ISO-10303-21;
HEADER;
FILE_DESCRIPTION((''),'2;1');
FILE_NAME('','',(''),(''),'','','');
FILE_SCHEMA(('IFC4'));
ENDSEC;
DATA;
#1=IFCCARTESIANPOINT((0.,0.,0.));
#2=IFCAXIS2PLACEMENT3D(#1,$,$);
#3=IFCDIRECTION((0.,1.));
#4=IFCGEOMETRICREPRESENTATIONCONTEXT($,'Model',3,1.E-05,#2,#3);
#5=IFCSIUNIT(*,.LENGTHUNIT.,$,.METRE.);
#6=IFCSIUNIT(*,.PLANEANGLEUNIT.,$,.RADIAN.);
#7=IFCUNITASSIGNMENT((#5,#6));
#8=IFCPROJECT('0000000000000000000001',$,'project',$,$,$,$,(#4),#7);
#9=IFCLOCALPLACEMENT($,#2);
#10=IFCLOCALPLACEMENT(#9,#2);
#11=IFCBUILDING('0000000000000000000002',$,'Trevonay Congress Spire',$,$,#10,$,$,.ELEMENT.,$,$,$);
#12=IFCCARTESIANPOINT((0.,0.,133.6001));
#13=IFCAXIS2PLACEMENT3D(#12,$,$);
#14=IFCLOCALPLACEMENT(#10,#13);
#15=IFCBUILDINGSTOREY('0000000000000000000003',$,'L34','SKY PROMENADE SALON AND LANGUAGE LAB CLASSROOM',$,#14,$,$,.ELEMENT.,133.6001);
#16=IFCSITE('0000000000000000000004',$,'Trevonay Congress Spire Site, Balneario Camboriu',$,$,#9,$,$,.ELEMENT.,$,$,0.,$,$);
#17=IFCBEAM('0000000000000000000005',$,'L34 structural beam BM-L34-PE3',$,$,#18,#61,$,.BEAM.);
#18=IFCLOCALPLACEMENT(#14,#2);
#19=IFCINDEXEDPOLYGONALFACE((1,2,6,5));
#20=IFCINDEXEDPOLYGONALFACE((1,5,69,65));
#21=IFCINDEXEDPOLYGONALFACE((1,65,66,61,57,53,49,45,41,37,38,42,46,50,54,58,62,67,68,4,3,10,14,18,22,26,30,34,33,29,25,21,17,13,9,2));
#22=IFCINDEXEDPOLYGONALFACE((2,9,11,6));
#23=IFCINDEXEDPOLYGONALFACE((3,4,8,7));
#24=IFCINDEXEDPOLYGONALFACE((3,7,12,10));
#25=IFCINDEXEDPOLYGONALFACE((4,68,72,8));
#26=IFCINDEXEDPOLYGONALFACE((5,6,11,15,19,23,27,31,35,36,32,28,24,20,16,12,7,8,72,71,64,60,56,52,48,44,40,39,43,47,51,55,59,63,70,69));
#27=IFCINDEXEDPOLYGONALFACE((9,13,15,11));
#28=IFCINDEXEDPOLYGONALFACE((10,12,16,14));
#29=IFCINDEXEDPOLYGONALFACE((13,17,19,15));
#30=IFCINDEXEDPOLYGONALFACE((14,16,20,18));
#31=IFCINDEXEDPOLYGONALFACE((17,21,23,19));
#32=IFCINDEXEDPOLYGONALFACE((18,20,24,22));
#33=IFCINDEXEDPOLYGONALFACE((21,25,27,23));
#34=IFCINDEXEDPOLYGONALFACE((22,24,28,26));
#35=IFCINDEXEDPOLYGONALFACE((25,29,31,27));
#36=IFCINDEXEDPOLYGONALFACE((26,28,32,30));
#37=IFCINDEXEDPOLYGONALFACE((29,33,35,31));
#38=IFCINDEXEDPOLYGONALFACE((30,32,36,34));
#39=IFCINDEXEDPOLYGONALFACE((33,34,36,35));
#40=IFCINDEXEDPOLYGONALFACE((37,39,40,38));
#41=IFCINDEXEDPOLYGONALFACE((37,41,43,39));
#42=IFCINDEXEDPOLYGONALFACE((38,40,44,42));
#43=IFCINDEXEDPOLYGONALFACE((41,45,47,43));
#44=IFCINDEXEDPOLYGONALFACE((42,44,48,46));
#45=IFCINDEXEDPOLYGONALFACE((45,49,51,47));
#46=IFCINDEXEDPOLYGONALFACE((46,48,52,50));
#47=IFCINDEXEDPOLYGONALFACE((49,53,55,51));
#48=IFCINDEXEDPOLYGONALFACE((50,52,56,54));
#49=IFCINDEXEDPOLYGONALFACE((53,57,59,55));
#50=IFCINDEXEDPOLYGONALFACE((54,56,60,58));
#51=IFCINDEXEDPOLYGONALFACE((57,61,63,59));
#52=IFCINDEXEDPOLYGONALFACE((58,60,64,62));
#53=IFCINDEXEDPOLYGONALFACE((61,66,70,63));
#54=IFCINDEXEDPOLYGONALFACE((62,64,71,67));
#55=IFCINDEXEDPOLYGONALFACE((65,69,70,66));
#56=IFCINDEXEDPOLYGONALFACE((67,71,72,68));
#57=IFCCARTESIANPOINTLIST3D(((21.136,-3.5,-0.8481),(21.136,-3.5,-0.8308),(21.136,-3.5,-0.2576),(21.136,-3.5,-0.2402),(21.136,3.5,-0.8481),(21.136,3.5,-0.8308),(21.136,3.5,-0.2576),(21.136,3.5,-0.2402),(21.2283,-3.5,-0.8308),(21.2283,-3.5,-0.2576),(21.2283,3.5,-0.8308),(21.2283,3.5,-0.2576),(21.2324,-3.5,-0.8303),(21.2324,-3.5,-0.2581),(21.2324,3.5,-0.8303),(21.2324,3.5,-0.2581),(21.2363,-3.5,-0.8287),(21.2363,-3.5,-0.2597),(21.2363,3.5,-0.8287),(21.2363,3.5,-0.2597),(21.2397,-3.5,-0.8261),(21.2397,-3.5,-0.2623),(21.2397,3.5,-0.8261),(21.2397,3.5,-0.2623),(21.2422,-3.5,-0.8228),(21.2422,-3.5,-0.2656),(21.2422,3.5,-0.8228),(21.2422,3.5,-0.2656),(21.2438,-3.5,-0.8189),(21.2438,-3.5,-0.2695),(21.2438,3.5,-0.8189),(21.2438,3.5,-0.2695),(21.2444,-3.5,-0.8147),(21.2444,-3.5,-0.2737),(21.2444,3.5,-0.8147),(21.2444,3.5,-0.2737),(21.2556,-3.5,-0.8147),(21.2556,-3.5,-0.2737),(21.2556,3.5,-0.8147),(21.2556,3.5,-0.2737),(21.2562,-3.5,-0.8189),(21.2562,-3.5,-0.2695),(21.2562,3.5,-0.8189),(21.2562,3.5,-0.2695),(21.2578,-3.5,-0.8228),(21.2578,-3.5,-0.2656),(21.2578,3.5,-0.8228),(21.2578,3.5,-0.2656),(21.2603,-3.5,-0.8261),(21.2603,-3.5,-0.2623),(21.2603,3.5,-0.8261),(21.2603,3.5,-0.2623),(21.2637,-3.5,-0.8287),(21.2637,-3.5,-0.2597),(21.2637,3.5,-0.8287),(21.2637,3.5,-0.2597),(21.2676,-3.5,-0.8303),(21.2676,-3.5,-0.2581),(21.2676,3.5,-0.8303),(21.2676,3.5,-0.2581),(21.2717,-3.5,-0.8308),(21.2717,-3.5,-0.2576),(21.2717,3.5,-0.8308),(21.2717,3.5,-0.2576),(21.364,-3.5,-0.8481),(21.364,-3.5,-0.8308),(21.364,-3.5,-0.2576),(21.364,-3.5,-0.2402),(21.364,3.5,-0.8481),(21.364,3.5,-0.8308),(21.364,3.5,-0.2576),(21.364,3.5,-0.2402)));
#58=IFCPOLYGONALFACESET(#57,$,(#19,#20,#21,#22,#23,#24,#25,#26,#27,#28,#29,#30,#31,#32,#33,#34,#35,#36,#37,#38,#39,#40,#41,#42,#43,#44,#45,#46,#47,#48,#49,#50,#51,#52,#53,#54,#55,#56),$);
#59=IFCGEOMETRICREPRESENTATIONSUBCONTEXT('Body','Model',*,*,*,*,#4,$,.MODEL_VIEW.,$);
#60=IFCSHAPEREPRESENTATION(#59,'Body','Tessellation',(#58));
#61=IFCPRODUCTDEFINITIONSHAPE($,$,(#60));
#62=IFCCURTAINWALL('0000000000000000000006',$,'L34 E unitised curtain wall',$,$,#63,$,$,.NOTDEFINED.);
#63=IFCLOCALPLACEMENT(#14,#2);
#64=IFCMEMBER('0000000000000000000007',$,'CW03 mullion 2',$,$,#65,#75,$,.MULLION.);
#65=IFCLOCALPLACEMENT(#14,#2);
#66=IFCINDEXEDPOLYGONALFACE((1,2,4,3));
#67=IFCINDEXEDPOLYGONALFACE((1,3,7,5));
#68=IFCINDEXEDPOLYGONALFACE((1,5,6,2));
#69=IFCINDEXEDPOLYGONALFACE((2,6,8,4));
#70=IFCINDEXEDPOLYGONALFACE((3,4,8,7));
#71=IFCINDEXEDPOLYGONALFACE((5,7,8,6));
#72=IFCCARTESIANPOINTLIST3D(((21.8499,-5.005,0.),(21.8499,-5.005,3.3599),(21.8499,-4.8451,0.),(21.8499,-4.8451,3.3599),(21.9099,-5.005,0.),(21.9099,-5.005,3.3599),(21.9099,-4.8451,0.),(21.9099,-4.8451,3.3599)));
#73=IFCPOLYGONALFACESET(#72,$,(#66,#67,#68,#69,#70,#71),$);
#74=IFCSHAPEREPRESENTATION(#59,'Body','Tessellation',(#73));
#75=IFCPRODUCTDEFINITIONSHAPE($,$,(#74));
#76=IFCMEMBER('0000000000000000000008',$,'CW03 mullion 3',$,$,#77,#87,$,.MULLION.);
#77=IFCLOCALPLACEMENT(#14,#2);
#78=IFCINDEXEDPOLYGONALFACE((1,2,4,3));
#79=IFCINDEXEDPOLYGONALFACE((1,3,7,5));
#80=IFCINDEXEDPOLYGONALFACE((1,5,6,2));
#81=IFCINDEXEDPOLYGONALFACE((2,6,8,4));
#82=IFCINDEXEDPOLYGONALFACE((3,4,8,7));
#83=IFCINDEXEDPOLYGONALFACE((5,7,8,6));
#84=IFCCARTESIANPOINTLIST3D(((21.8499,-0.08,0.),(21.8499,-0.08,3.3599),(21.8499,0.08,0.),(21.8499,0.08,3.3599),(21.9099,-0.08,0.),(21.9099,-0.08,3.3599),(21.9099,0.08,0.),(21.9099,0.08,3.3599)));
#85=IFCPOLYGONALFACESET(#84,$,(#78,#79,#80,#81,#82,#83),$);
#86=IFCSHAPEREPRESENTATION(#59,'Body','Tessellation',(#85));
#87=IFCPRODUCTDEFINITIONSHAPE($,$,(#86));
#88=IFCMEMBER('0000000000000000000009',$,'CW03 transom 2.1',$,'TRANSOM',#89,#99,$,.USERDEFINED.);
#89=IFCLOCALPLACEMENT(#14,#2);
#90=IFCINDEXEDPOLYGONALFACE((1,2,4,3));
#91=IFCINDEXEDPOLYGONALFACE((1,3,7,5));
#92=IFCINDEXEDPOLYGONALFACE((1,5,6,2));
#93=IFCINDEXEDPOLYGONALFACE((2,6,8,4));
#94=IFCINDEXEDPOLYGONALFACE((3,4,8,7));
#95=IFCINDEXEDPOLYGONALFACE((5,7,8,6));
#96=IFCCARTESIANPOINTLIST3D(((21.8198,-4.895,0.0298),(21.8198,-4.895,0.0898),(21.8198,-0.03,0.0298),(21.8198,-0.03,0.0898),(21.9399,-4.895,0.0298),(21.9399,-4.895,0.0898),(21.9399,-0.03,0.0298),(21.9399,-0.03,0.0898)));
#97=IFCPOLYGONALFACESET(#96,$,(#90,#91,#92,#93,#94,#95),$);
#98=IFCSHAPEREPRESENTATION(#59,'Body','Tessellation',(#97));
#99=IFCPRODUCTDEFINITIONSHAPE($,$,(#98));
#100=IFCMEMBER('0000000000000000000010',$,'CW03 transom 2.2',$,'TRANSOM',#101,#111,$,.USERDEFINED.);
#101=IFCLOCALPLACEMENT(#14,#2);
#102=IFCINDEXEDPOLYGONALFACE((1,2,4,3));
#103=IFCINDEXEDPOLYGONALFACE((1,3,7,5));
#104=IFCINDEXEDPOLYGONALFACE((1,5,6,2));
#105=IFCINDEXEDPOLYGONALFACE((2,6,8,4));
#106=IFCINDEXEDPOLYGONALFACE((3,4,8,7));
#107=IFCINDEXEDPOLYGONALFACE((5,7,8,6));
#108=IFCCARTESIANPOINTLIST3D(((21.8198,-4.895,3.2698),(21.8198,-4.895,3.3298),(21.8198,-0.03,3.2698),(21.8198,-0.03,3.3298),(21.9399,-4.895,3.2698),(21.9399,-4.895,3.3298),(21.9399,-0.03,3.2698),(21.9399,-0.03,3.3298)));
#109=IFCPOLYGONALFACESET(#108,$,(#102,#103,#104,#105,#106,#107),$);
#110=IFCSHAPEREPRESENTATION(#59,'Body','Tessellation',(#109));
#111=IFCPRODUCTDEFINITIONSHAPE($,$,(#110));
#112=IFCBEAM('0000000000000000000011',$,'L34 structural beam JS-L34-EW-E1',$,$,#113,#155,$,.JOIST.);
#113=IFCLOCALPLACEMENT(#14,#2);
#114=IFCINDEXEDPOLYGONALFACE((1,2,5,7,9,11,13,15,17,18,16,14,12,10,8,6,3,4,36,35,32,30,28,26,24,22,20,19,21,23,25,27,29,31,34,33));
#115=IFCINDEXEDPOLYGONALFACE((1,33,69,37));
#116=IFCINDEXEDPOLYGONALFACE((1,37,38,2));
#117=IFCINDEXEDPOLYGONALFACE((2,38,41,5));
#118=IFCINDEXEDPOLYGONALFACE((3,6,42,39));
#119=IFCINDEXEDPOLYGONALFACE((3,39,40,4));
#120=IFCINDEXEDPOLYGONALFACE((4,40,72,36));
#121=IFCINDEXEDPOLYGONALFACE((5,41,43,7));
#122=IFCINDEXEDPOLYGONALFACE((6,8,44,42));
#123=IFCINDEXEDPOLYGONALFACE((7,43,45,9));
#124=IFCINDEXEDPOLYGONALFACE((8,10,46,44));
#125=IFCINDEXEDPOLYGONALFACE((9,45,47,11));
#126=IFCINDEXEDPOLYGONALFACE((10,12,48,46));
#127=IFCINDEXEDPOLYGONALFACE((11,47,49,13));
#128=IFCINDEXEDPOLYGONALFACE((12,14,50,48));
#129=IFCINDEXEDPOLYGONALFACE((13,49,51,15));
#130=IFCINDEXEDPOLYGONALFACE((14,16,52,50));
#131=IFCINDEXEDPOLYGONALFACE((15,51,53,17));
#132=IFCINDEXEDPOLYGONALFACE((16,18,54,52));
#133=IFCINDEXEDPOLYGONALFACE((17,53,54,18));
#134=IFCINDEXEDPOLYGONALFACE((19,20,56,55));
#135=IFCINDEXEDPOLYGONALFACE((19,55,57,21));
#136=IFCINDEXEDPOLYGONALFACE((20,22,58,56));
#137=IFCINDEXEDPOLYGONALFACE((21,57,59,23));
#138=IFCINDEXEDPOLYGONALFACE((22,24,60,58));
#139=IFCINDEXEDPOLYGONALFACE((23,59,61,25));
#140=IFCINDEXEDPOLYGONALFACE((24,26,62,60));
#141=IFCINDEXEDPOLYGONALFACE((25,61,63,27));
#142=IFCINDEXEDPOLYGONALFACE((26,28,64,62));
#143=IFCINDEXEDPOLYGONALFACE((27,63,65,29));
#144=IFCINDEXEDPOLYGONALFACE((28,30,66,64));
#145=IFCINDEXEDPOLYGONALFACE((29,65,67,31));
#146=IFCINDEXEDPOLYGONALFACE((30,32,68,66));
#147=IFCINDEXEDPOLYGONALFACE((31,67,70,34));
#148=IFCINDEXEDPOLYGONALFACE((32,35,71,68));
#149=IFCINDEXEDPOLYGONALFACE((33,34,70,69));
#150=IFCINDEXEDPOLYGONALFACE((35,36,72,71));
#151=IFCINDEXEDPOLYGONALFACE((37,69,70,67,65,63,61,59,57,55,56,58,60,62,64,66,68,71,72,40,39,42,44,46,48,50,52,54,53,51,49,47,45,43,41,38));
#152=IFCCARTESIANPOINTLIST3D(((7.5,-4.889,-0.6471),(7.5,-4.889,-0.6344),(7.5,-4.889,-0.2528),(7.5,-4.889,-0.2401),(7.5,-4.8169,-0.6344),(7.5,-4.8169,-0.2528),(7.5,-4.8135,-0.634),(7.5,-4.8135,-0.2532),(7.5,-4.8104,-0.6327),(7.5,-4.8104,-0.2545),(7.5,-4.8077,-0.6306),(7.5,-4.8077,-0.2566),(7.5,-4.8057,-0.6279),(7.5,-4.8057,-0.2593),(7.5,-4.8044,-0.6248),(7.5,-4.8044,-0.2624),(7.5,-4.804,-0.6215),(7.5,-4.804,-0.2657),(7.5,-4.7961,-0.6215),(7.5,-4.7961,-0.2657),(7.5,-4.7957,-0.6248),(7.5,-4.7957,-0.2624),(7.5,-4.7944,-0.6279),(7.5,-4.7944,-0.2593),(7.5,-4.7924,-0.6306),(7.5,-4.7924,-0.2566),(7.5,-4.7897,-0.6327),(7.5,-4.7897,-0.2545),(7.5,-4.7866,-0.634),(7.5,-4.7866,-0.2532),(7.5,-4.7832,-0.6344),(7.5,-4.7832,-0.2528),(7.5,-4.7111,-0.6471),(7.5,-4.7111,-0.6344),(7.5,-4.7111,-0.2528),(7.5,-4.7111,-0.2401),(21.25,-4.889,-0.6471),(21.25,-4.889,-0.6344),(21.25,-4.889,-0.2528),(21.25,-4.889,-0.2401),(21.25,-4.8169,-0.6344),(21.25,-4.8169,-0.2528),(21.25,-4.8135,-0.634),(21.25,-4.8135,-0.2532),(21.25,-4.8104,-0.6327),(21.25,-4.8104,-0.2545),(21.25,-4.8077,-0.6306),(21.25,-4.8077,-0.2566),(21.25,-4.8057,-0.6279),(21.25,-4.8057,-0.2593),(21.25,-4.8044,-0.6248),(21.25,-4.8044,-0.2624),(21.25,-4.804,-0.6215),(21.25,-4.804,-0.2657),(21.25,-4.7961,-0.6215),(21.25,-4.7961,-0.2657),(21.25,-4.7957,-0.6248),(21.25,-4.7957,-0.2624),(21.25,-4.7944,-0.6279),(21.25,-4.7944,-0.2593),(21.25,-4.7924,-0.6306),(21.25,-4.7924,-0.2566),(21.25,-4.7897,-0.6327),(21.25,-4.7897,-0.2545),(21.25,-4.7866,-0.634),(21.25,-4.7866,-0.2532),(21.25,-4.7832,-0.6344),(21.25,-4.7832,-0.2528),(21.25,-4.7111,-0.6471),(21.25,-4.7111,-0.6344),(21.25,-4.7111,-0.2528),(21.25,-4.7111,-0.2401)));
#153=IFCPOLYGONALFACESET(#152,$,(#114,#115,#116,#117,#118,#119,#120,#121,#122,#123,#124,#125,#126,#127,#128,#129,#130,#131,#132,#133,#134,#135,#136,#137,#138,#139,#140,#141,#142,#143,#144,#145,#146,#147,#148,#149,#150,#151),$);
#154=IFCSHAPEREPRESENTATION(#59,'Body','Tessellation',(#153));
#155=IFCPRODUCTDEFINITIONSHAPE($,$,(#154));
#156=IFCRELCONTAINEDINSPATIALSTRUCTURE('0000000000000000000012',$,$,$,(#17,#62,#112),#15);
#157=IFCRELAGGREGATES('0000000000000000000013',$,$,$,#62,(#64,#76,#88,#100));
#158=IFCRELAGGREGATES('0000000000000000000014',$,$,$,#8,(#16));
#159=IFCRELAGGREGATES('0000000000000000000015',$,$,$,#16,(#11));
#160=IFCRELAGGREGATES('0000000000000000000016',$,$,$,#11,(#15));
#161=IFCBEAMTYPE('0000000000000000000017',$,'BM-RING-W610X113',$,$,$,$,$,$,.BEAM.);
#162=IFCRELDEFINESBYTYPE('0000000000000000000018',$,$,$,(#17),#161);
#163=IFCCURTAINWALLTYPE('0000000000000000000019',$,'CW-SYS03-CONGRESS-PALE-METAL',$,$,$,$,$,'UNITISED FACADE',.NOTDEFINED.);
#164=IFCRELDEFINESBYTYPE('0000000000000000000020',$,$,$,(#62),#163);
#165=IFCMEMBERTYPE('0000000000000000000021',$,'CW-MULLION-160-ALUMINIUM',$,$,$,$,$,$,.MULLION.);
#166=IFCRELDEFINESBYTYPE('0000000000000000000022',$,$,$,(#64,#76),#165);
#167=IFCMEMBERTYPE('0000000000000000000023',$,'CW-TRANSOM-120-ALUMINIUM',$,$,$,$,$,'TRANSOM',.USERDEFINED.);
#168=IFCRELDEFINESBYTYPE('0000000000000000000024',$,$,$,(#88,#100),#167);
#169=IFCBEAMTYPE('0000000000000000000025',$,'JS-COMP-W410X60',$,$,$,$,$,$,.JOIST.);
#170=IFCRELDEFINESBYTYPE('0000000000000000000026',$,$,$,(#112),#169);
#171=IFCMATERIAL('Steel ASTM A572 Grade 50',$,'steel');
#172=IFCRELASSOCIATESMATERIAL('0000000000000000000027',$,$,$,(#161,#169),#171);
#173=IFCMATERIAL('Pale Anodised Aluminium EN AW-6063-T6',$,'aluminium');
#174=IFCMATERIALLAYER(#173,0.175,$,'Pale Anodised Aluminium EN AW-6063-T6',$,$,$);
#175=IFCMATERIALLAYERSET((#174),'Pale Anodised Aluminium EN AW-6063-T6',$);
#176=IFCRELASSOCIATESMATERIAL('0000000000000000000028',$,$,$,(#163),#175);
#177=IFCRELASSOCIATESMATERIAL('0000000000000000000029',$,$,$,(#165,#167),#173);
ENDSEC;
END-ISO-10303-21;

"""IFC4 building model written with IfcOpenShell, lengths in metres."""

from ifc_helpers import new_model, si_unit, direction, frame, origin, origin_2d, place, context, subcontext, project, spatial, rectangle, i_section, extrude, material, layer, layer_set, material_profile, profile_set, type_object, element, aggregate, save


model = new_model("IFC4")

# Units and contexts
model_context = context("Model", 3, precision=1e-05, world=origin(), true_north=direction((0.0, 1.0)))
body_context = subcontext(model_context, "Body", "Model", "MODEL_VIEW")
ifc_project = project(units=[si_unit("LENGTHUNIT", "METRE"), si_unit("PLANEANGLEUNIT", "RADIAN")], contexts=[model_context])

# Site, building, storey
site_placement = place(None, origin())
site = spatial("IfcSite", under=ifc_project, at=site_placement, Name="Trevonay Congress Spire Site, Balneario Camboriu", CompositionType="ELEMENT", RefElevation=0.0)
building_placement = place(site_placement, origin())
building = spatial("IfcBuilding", under=site, at=building_placement, Name="Trevonay Congress Spire", CompositionType="ELEMENT")
storey_placement = place(building_placement, frame((0.0, 0.0, 133.6001)))
storey = spatial("IfcBuildingStorey", under=building, at=storey_placement, Name="L34", Description="SKY PROMENADE SALON AND LANGUAGE LAB CLASSROOM", CompositionType="ELEMENT", Elevation=133.6001)

# Shared definitions
ifc_material_1 = material(Name="Steel ASTM A572 Grade 50", Category="steel")

# Beam
ifc_material_profile_1 = material_profile(ifc_material_1, i_section(OverallWidth=0.228, OverallDepth=0.6079, WebThickness=0.0112, FlangeThickness=0.0173, FilletRadius=0.0161, at=origin_2d()), Name="W610x113")
ifc_profile_set_1 = profile_set([ifc_material_profile_1], Name="Steel ASTM A572 Grade 50")
beam_type_1 = type_object("IfcBeamType", Name="BM-RING-W610X113", PredefinedType="BEAM", material=ifc_profile_set_1)
beam_1_placement = place(storey_placement, frame((21.25, -3.5, -0.5442), z_axis=(0.0, 1.0, 0.0), x_axis=(-1.0, 0.0, 0.0)))
element("IfcBeam", 1, at=beam_1_placement, inside=storey, type_object=beam_type_1, Name="L34 structural beam BM-L34-PE3", PredefinedType="BEAM", context=body_context, shape_type="SweptSolid", body=[
    extrude(i_section(OverallWidth=0.228, OverallDepth=0.6079, WebThickness=0.0112, FlangeThickness=0.0173, FilletRadius=0.0161, at=origin_2d()), origin(), (0.0, 0.0, 1.0), 7.0),
])

# Curtain wall, members
ifc_material_2 = material(Name="Pale Anodised Aluminium EN AW-6063-T6", Category="aluminium")
ifc_layer_1 = layer(ifc_material_2, 0.175, Name="Pale Anodised Aluminium EN AW-6063-T6")
ifc_layer_set_1 = layer_set([ifc_layer_1], Name="Pale Anodised Aluminium EN AW-6063-T6")
curtain_wall_type = type_object("IfcCurtainWallType", Name="CW-SYS03-CONGRESS-PALE-METAL", ElementType="UNITISED FACADE", PredefinedType="NOTDEFINED", material=ifc_layer_set_1)
curtain_wall_placement = place(storey_placement, origin())
curtain_wall = element("IfcCurtainWall", 2, at=curtain_wall_placement, inside=storey, type_object=curtain_wall_type, Name="L34 E unitised curtain wall", PredefinedType="NOTDEFINED")
ifc_material_profile_2 = material_profile(ifc_material_2, rectangle(XDim=0.0601, YDim=0.1599, at=origin_2d()), Name="CW-MULLION-160-ALUMINIUM")
ifc_profile_set_2 = profile_set([ifc_material_profile_2], Name="Pale Anodised Aluminium EN AW-6063-T6")
member_type_1 = type_object("IfcMemberType", Name="CW-MULLION-160-ALUMINIUM", PredefinedType="MULLION", material=ifc_profile_set_2)
member_1_placement = place(storey_placement, frame((21.8799, -4.925, 0.0), z_axis=(0.0, 0.0, 1.0), x_axis=(-1.0, 0.0, 0.0)))
member_1 = element("IfcMember", 3, at=member_1_placement, type_object=member_type_1, Name="CW03 mullion 2", PredefinedType="MULLION", context=body_context, shape_type="SweptSolid", body=[
    extrude(rectangle(XDim=0.0601, YDim=0.1599, at=origin_2d()), origin(), (0.0, 0.0, 1.0), 3.3599),
])
member_2_placement = place(storey_placement, frame((21.8799, 0.0, 0.0), z_axis=(0.0, 0.0, 1.0), x_axis=(-1.0, 0.0, 0.0)))
member_2 = element("IfcMember", 4, at=member_2_placement, type_object=member_type_1, Name="CW03 mullion 3", PredefinedType="MULLION", context=body_context, shape_type="SweptSolid", body=[
    extrude(rectangle(XDim=0.0601, YDim=0.1599, at=origin_2d()), origin(), (0.0, 0.0, 1.0), 3.3599),
])
ifc_material_profile_3 = material_profile(ifc_material_2, rectangle(XDim=0.1201, YDim=0.0601, at=origin_2d()), Name="CW-TRANSOM-120-ALUMINIUM")
ifc_profile_set_3 = profile_set([ifc_material_profile_3], Name="Pale Anodised Aluminium EN AW-6063-T6")
member_type_2 = type_object("IfcMemberType", Name="CW-TRANSOM-120-ALUMINIUM", ElementType="TRANSOM", PredefinedType="USERDEFINED", material=ifc_profile_set_3)
member_3_placement = place(storey_placement, frame((21.8799, -4.895, 0.0598), z_axis=(0.0, 1.0, 0.0), x_axis=(-1.0, 0.0, 0.0)))
member_3 = element("IfcMember", 5, at=member_3_placement, type_object=member_type_2, Name="CW03 transom 2.1", ObjectType="TRANSOM", PredefinedType="USERDEFINED", context=body_context, shape_type="SweptSolid", body=[
    extrude(rectangle(XDim=0.1201, YDim=0.0601, at=origin_2d()), origin(), (0.0, 0.0, 1.0), 4.865),
])
member_4_placement = place(storey_placement, frame((21.8799, -4.895, 3.2998), z_axis=(0.0, 1.0, 0.0), x_axis=(-1.0, 0.0, 0.0)))
member_4 = element("IfcMember", 6, at=member_4_placement, type_object=member_type_2, Name="CW03 transom 2.2", ObjectType="TRANSOM", PredefinedType="USERDEFINED", context=body_context, shape_type="SweptSolid", body=[
    extrude(rectangle(XDim=0.1201, YDim=0.0601, at=origin_2d()), origin(), (0.0, 0.0, 1.0), 4.865),
])

# Beam
ifc_material_profile_4 = material_profile(ifc_material_1, i_section(OverallWidth=0.178, OverallDepth=0.407, WebThickness=0.0078, FlangeThickness=0.0127, FilletRadius=0.0129, at=origin_2d()), Name="W410x60")
ifc_profile_set_4 = profile_set([ifc_material_profile_4], Name="Steel ASTM A572 Grade 50")
beam_type_2 = type_object("IfcBeamType", Name="JS-COMP-W410X60", PredefinedType="JOIST", material=ifc_profile_set_4)
for number, where, z_axis, x_axis, name in (
    (7, (7.5, -4.8, -0.4436), (1.0, 0.0, 0.0), (0.0, 1.0, 0.0), "L34 structural beam JS-L34-EW-E1"),
):
    element("IfcBeam", number, at=place(storey_placement, frame(where, z_axis=z_axis, x_axis=x_axis)), inside=storey, type_object=beam_type_2, Name=name, PredefinedType="JOIST", context=body_context, shape_type="SweptSolid", body=[
        extrude(i_section(OverallWidth=0.178, OverallDepth=0.407, WebThickness=0.0078, FlangeThickness=0.0127, FilletRadius=0.0129, at=origin_2d()), origin(), (0.0, 0.0, 1.0), 13.75),
    ])

aggregate(curtain_wall, [member_1, member_2, member_3, member_4])

save(model, "model.ifc")
